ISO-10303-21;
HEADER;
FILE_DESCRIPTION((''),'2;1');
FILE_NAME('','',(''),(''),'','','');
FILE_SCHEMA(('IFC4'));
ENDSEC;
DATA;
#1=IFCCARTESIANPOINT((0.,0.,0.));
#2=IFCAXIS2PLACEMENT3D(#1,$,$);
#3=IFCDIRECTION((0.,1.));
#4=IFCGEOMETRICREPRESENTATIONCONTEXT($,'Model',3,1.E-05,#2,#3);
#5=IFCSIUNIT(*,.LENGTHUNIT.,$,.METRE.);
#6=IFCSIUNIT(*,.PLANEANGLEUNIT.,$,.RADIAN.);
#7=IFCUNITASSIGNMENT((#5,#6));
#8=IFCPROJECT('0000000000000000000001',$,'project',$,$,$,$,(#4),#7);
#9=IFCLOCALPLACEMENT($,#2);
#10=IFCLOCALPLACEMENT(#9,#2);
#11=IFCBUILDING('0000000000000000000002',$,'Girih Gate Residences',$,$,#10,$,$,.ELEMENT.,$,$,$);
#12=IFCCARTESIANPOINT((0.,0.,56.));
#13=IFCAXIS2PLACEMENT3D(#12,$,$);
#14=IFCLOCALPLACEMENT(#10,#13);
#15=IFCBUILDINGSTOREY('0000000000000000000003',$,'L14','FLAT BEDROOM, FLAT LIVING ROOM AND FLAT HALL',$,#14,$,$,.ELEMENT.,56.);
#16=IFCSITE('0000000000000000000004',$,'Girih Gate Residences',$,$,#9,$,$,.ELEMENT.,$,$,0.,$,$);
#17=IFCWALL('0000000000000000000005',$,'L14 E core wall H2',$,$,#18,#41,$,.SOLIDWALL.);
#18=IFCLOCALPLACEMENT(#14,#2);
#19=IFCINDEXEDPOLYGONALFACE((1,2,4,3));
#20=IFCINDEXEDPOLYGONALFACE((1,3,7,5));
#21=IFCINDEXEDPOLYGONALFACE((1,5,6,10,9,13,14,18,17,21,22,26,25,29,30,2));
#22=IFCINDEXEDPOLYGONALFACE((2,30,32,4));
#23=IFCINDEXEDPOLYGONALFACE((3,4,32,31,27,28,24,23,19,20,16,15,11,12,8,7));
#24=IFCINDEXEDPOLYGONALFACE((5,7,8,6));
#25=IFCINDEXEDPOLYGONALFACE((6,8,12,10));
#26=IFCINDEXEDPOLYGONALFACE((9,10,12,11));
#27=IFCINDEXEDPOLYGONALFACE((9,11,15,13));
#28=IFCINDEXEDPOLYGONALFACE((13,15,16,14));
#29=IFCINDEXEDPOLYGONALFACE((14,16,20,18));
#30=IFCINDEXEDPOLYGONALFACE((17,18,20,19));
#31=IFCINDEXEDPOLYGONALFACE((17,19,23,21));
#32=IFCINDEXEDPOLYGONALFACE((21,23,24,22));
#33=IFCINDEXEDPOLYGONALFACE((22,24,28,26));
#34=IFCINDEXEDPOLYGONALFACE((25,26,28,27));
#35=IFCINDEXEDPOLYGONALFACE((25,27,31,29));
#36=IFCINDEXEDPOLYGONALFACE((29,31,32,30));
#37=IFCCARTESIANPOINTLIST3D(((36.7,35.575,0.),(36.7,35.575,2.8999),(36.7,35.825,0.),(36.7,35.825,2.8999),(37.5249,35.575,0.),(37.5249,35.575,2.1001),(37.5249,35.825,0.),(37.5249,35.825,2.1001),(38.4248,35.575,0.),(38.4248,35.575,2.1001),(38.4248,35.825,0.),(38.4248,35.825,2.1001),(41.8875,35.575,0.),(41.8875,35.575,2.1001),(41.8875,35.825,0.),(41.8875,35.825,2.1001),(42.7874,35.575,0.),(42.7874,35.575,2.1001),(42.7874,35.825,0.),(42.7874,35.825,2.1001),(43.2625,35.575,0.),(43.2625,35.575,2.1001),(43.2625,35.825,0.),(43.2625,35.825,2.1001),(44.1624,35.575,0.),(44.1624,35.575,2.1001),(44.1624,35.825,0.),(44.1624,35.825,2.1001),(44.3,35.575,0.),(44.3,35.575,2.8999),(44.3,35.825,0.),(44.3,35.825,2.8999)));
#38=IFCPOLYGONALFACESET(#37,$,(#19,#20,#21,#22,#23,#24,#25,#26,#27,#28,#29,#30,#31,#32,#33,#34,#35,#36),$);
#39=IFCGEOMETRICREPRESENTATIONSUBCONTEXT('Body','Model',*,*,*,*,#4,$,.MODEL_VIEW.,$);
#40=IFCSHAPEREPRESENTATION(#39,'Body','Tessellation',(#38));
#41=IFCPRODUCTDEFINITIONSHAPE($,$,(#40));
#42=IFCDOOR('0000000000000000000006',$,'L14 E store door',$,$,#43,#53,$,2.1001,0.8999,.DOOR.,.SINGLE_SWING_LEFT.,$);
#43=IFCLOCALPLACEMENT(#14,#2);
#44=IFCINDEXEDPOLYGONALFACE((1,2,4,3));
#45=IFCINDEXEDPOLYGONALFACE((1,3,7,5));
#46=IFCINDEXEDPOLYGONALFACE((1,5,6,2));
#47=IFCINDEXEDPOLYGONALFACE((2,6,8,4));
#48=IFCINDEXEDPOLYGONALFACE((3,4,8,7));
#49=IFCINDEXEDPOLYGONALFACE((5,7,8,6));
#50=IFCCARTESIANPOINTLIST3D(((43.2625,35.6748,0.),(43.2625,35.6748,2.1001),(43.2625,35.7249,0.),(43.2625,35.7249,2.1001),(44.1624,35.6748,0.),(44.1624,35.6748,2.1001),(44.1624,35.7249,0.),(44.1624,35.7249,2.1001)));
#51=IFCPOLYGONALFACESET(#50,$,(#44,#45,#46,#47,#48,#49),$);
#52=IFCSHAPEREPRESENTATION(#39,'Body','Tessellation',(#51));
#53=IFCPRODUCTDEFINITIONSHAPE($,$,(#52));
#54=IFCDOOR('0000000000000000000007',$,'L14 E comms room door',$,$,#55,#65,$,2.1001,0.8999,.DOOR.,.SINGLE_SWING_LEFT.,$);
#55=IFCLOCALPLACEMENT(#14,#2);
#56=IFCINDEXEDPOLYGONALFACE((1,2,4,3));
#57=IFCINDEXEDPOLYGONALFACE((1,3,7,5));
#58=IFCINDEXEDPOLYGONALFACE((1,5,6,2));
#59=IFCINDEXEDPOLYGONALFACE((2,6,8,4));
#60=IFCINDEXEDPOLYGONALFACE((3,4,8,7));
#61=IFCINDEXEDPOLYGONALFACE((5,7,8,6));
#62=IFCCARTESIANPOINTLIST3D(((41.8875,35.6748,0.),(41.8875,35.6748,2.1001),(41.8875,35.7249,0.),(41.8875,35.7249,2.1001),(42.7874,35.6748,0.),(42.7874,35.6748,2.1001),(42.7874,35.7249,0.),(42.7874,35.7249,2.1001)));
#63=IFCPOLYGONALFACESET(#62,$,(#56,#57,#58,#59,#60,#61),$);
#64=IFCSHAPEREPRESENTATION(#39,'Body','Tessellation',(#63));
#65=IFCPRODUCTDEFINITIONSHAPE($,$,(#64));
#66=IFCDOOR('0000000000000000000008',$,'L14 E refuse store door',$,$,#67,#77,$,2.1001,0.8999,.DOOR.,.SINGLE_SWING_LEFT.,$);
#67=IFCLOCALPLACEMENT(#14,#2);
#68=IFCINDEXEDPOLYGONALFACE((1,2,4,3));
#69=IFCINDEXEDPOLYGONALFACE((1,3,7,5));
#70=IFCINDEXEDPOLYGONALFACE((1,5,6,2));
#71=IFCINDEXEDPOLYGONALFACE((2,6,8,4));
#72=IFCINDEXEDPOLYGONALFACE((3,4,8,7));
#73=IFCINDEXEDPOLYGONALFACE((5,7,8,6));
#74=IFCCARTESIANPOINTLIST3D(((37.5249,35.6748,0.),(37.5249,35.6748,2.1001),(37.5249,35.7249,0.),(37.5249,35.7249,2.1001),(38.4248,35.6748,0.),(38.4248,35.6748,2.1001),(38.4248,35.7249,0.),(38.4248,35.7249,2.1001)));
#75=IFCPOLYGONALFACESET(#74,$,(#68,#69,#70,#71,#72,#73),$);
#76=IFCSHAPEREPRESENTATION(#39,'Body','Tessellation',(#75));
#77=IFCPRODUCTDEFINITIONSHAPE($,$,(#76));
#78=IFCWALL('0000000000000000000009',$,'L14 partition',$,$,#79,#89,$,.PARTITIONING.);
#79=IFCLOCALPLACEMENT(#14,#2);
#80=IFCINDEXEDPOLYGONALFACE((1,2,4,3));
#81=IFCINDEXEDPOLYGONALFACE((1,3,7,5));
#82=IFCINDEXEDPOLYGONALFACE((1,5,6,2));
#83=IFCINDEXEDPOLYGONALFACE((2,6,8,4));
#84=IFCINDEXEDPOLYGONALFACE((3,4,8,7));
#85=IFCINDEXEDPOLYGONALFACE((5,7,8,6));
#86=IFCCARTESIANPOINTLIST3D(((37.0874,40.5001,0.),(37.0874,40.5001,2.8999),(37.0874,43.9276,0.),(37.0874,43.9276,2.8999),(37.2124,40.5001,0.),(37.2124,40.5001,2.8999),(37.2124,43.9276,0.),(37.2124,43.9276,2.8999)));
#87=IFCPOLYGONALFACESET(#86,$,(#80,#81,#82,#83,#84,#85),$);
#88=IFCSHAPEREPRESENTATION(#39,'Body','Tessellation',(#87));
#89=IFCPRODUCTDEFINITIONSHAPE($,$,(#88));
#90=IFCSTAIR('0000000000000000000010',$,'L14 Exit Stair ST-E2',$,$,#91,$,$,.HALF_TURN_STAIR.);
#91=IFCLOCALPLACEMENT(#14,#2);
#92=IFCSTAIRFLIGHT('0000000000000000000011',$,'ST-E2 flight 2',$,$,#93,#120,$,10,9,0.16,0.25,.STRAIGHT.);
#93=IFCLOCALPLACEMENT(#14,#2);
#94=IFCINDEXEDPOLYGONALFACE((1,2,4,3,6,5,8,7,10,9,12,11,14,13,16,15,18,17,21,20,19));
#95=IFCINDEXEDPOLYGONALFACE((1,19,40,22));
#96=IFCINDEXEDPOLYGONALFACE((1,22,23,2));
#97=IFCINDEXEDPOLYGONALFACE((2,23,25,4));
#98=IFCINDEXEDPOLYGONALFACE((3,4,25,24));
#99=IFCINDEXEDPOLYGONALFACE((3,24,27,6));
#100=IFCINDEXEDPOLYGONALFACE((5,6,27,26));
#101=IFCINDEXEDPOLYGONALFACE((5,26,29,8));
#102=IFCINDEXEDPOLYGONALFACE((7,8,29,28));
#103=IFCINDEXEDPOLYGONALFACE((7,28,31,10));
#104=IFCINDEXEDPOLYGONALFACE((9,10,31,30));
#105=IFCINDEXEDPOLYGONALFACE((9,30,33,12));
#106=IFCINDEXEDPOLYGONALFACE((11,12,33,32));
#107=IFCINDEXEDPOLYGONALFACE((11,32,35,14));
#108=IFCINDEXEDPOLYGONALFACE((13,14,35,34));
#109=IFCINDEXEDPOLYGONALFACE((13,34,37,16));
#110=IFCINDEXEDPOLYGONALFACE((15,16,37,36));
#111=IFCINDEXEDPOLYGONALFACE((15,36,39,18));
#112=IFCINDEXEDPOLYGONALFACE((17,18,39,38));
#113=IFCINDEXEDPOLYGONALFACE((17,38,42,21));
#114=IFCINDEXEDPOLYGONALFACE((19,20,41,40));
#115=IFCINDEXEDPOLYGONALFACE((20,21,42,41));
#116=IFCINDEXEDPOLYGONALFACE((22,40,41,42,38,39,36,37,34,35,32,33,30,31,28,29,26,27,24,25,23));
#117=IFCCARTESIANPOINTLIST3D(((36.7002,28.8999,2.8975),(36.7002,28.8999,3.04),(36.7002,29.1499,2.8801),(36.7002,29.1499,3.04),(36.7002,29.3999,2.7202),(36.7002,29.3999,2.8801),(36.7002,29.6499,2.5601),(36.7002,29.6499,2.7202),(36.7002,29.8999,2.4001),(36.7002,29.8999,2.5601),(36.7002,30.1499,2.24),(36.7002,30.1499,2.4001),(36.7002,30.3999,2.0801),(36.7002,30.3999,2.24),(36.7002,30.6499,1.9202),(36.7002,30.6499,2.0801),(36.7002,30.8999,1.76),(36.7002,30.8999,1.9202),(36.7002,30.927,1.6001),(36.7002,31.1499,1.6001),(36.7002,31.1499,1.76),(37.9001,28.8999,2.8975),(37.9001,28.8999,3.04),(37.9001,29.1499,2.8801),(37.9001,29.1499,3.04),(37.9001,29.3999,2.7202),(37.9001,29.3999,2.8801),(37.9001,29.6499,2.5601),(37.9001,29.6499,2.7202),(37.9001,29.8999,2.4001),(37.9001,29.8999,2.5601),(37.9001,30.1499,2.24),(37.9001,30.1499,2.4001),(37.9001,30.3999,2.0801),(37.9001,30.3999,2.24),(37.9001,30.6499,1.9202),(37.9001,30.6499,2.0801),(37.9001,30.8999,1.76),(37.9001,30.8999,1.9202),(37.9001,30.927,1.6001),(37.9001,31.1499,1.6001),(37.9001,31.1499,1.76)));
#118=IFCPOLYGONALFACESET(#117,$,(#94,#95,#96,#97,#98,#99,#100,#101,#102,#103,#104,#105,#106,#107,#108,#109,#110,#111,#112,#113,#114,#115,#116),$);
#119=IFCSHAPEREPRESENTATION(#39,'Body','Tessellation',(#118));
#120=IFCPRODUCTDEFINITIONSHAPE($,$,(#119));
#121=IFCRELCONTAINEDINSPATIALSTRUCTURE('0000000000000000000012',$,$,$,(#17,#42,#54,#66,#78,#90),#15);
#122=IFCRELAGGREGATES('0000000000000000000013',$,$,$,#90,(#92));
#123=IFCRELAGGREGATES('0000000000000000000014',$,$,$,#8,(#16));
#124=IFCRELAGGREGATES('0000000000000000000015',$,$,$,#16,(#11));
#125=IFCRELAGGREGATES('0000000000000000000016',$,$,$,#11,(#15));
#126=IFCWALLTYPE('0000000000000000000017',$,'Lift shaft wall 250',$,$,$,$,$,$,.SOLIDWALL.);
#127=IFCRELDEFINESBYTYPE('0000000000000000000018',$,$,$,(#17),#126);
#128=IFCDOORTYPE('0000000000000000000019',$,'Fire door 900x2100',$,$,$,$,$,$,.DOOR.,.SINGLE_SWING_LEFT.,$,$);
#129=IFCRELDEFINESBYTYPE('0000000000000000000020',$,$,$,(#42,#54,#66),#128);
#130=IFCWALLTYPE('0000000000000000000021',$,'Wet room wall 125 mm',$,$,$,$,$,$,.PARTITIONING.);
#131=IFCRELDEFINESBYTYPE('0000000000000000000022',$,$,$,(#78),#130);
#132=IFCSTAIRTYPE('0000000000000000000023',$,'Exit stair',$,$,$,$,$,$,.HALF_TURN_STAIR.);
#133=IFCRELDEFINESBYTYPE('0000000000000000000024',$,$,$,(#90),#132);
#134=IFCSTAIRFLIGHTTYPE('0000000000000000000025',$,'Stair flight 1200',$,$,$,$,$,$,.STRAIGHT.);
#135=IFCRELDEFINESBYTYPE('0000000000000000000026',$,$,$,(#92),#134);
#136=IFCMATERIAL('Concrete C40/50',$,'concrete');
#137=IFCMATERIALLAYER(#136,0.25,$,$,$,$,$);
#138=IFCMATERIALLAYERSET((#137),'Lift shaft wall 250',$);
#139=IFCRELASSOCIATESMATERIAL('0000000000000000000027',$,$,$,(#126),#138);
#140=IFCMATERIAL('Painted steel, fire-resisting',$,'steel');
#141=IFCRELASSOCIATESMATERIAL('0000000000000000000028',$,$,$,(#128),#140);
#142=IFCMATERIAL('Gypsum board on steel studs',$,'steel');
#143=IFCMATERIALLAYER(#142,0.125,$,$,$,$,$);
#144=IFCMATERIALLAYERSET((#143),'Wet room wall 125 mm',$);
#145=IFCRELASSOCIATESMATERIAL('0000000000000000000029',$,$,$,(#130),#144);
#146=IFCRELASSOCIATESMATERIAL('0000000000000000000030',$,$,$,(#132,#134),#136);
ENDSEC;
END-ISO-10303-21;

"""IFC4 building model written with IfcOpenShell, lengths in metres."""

from ifc_helpers import new_model, si_unit, direction, frame, frame_2d, origin, place, context, subcontext, project, spatial, polyline, rectangle, outline, extrude, material, layer, layer_set, type_object, element, fill, aggregate, save


model = new_model("IFC4")

# Units and contexts
model_context = context("Model", 3, precision=1e-05, world=origin(), true_north=direction((0.0, 1.0)))
body_context = subcontext(model_context, "Body", "Model", "MODEL_VIEW")
ifc_project = project(units=[si_unit("LENGTHUNIT", "METRE"), si_unit("PLANEANGLEUNIT", "RADIAN")], contexts=[model_context])

# Site, building, storey
site_placement = place(None, origin())
site = spatial("IfcSite", under=ifc_project, at=site_placement, Name="Girih Gate Residences", CompositionType="ELEMENT", RefElevation=0.0)
building_placement = place(site_placement, origin())
building = spatial("IfcBuilding", under=site, at=building_placement, Name="Girih Gate Residences", CompositionType="ELEMENT")
storey_placement = place(building_placement, frame((0.0, 0.0, 56.0)))
storey = spatial("IfcBuildingStorey", under=building, at=storey_placement, Name="L14", Description="FLAT BEDROOM, FLAT LIVING ROOM AND FLAT HALL", CompositionType="ELEMENT", Elevation=56.0)

# Shared definitions
ifc_material_1 = material(Name="Gypsum board on steel studs", Category="steel")

# Shared definitions
ifc_material_2 = material(Name="Concrete C40/50", Category="concrete")
ifc_layer_1 = layer(ifc_material_2, 0.25)
ifc_layer_set_1 = layer_set([ifc_layer_1], Name="Lift shaft wall 250")
wall_type_1 = type_object("IfcWallType", Name="Lift shaft wall 250", PredefinedType="SOLIDWALL", material=ifc_layer_set_1)

# Wall, openings, doors
wall_1_placement = place(storey_placement, frame((36.7, 35.7, 0.0), z_axis=(0.0, 0.0, 1.0), x_axis=(1.0, 0.0, 0.0)))
wall_1 = element("IfcWall", 1, at=wall_1_placement, inside=storey, type_object=wall_type_1, Name="L14 E core wall H2", PredefinedType="SOLIDWALL", context=body_context, shape_type="SweptSolid", body=[
    extrude(rectangle(XDim=7.6001, YDim=0.25, at=frame_2d((3.8, 0.0))), origin(), (0.0, 0.0, 1.0), 2.8999),
])
opening_1_placement = place(wall_1_placement, frame((6.5625, 0.0, 0.0)))
opening_1 = element("IfcOpeningElement", 2, at=opening_1_placement, cuts=wall_1, PredefinedType="OPENING", context=body_context, shape_type="SweptSolid", body=[
    extrude(rectangle(XDim=0.8999, YDim=2.1001, at=frame_2d((0.45, 1.05))), frame((0.0, 0.135, 0.0), z_axis=(0.0, -1.0, 0.0), x_axis=(1.0, 0.0, 0.0)), (0.0, 0.0, 1.0), 0.27),
])
opening_2_placement = place(wall_1_placement, frame((5.1875, 0.0, 0.0)))
opening_2 = element("IfcOpeningElement", 3, at=opening_2_placement, cuts=wall_1, PredefinedType="OPENING", context=body_context, shape_type="SweptSolid", body=[
    extrude(rectangle(XDim=0.8999, YDim=2.1001, at=frame_2d((0.45, 1.05))), frame((0.0, 0.135, 0.0), z_axis=(0.0, -1.0, 0.0), x_axis=(1.0, 0.0, 0.0)), (0.0, 0.0, 1.0), 0.27),
])
opening_3_placement = place(wall_1_placement, frame((0.825, 0.0, 0.0)))
opening_3 = element("IfcOpeningElement", 4, at=opening_3_placement, cuts=wall_1, PredefinedType="OPENING", context=body_context, shape_type="SweptSolid", body=[
    extrude(rectangle(XDim=0.8999, YDim=2.1001, at=frame_2d((0.45, 1.05))), frame((0.0, 0.135, 0.0), z_axis=(0.0, -1.0, 0.0), x_axis=(1.0, 0.0, 0.0)), (0.0, 0.0, 1.0), 0.27),
])
ifc_material_3 = material(Name="Painted steel, fire-resisting", Category="steel")
door_type_1 = type_object("IfcDoorType", Name="Fire door 900x2100", OperationType="SINGLE_SWING_LEFT", PredefinedType="DOOR", material=ifc_material_3)
door_1_placement = place(opening_1_placement, origin())
door_1 = element("IfcDoor", 5, at=door_1_placement, inside=storey, type_object=door_type_1, Name="L14 E store door", OperationType="SINGLE_SWING_LEFT", OverallHeight=2.1001, OverallWidth=0.8999, PredefinedType="DOOR", context=body_context, shape_type="SweptSolid", body=[
    extrude(rectangle(XDim=0.8999, YDim=2.1001, at=frame_2d((0.45, 1.05))), frame((0.0, 0.0249, 0.0), z_axis=(0.0, -1.0, 0.0), x_axis=(1.0, 0.0, 0.0)), (0.0, 0.0, 1.0), 0.05),
])
fill(opening_1, door_1)
door_2_placement = place(opening_2_placement, origin())
door_2 = element("IfcDoor", 6, at=door_2_placement, inside=storey, type_object=door_type_1, Name="L14 E comms room door", OperationType="SINGLE_SWING_LEFT", OverallHeight=2.1001, OverallWidth=0.8999, PredefinedType="DOOR", context=body_context, shape_type="SweptSolid", body=[
    extrude(rectangle(XDim=0.8999, YDim=2.1001, at=frame_2d((0.45, 1.05))), frame((0.0, 0.0249, 0.0), z_axis=(0.0, -1.0, 0.0), x_axis=(1.0, 0.0, 0.0)), (0.0, 0.0, 1.0), 0.05),
])
fill(opening_2, door_2)
door_3_placement = place(opening_3_placement, origin())
door_3 = element("IfcDoor", 7, at=door_3_placement, inside=storey, type_object=door_type_1, Name="L14 E refuse store door", OperationType="SINGLE_SWING_LEFT", OverallHeight=2.1001, OverallWidth=0.8999, PredefinedType="DOOR", context=body_context, shape_type="SweptSolid", body=[
    extrude(rectangle(XDim=0.8999, YDim=2.1001, at=frame_2d((0.45, 1.05))), frame((0.0, 0.0249, 0.0), z_axis=(0.0, -1.0, 0.0), x_axis=(1.0, 0.0, 0.0)), (0.0, 0.0, 1.0), 0.05),
])
fill(opening_3, door_3)

# Wall
ifc_layer_2 = layer(ifc_material_1, 0.125)
ifc_layer_set_2 = layer_set([ifc_layer_2], Name="Wet room wall 125 mm")
wall_type_2 = type_object("IfcWallType", Name="Wet room wall 125 mm", PredefinedType="PARTITIONING", material=ifc_layer_set_2)
wall_2_placement = place(storey_placement, frame((37.1499, 40.5, 0.0), z_axis=(0.0, 0.0, 1.0), x_axis=(0.0, 1.0, 0.0)))
element("IfcWall", 8, at=wall_2_placement, inside=storey, type_object=wall_type_2, Name="L14 partition", PredefinedType="PARTITIONING", context=body_context, shape_type="SweptSolid", body=[
    extrude(rectangle(XDim=3.4275, YDim=0.125, at=frame_2d((1.7139, 0.0))), origin(), (0.0, 0.0, 1.0), 2.8999),
])

# Stair, stair flight
stair_type = type_object("IfcStairType", Name="Exit stair", PredefinedType="HALF_TURN_STAIR", material=ifc_material_2)
stair_placement = place(storey_placement, origin())
stair = element("IfcStair", 9, at=stair_placement, inside=storey, type_object=stair_type, Name="L14 Exit Stair ST-E2", PredefinedType="HALF_TURN_STAIR")
stair_flight_type = type_object("IfcStairFlightType", Name="Stair flight 1200", PredefinedType="STRAIGHT", material=ifc_material_2)
stair_flight_placement = place(storey_placement, frame((37.3, 31.1499, 1.6001), z_axis=(0.0, 0.0, 1.0), x_axis=(0.0, -1.0, 0.0)))
stair_flight = element("IfcStairFlight", 10, at=stair_flight_placement, type_object=stair_flight_type, Name="ST-E2 flight 2", NumberOfRisers=10, NumberOfTreads=9, PredefinedType="STRAIGHT", RiserHeight=0.16, TreadLength=0.25, context=body_context, shape_type="SweptSolid", body=[
    extrude(outline(polyline([(0.0, 0.0), (0.0, 0.1599), (0.25, 0.1599), (0.25, 0.3201), (0.5, 0.3201), (0.5, 0.48), (0.75, 0.48), (0.75, 0.6399), (1.0, 0.6399), (1.0, 0.8), (1.25, 0.8), (1.25, 0.96), (1.5, 0.96), (1.5, 1.1201), (1.75, 1.1201), (1.75, 1.28), (2.0, 1.28), (2.0, 1.4399), (2.25, 1.4399), (2.25, 1.6001), (2.25, 1.2974), (0.2229, 0.0), (0.0, 0.0)])), frame((0.0, 0.6001, 0.0), z_axis=(0.0, -1.0, 0.0), x_axis=(1.0, 0.0, 0.0)), (0.0, 0.0, 1.0), 1.2),
])
aggregate(stair, [stair_flight])

save(model, "model.ifc")
